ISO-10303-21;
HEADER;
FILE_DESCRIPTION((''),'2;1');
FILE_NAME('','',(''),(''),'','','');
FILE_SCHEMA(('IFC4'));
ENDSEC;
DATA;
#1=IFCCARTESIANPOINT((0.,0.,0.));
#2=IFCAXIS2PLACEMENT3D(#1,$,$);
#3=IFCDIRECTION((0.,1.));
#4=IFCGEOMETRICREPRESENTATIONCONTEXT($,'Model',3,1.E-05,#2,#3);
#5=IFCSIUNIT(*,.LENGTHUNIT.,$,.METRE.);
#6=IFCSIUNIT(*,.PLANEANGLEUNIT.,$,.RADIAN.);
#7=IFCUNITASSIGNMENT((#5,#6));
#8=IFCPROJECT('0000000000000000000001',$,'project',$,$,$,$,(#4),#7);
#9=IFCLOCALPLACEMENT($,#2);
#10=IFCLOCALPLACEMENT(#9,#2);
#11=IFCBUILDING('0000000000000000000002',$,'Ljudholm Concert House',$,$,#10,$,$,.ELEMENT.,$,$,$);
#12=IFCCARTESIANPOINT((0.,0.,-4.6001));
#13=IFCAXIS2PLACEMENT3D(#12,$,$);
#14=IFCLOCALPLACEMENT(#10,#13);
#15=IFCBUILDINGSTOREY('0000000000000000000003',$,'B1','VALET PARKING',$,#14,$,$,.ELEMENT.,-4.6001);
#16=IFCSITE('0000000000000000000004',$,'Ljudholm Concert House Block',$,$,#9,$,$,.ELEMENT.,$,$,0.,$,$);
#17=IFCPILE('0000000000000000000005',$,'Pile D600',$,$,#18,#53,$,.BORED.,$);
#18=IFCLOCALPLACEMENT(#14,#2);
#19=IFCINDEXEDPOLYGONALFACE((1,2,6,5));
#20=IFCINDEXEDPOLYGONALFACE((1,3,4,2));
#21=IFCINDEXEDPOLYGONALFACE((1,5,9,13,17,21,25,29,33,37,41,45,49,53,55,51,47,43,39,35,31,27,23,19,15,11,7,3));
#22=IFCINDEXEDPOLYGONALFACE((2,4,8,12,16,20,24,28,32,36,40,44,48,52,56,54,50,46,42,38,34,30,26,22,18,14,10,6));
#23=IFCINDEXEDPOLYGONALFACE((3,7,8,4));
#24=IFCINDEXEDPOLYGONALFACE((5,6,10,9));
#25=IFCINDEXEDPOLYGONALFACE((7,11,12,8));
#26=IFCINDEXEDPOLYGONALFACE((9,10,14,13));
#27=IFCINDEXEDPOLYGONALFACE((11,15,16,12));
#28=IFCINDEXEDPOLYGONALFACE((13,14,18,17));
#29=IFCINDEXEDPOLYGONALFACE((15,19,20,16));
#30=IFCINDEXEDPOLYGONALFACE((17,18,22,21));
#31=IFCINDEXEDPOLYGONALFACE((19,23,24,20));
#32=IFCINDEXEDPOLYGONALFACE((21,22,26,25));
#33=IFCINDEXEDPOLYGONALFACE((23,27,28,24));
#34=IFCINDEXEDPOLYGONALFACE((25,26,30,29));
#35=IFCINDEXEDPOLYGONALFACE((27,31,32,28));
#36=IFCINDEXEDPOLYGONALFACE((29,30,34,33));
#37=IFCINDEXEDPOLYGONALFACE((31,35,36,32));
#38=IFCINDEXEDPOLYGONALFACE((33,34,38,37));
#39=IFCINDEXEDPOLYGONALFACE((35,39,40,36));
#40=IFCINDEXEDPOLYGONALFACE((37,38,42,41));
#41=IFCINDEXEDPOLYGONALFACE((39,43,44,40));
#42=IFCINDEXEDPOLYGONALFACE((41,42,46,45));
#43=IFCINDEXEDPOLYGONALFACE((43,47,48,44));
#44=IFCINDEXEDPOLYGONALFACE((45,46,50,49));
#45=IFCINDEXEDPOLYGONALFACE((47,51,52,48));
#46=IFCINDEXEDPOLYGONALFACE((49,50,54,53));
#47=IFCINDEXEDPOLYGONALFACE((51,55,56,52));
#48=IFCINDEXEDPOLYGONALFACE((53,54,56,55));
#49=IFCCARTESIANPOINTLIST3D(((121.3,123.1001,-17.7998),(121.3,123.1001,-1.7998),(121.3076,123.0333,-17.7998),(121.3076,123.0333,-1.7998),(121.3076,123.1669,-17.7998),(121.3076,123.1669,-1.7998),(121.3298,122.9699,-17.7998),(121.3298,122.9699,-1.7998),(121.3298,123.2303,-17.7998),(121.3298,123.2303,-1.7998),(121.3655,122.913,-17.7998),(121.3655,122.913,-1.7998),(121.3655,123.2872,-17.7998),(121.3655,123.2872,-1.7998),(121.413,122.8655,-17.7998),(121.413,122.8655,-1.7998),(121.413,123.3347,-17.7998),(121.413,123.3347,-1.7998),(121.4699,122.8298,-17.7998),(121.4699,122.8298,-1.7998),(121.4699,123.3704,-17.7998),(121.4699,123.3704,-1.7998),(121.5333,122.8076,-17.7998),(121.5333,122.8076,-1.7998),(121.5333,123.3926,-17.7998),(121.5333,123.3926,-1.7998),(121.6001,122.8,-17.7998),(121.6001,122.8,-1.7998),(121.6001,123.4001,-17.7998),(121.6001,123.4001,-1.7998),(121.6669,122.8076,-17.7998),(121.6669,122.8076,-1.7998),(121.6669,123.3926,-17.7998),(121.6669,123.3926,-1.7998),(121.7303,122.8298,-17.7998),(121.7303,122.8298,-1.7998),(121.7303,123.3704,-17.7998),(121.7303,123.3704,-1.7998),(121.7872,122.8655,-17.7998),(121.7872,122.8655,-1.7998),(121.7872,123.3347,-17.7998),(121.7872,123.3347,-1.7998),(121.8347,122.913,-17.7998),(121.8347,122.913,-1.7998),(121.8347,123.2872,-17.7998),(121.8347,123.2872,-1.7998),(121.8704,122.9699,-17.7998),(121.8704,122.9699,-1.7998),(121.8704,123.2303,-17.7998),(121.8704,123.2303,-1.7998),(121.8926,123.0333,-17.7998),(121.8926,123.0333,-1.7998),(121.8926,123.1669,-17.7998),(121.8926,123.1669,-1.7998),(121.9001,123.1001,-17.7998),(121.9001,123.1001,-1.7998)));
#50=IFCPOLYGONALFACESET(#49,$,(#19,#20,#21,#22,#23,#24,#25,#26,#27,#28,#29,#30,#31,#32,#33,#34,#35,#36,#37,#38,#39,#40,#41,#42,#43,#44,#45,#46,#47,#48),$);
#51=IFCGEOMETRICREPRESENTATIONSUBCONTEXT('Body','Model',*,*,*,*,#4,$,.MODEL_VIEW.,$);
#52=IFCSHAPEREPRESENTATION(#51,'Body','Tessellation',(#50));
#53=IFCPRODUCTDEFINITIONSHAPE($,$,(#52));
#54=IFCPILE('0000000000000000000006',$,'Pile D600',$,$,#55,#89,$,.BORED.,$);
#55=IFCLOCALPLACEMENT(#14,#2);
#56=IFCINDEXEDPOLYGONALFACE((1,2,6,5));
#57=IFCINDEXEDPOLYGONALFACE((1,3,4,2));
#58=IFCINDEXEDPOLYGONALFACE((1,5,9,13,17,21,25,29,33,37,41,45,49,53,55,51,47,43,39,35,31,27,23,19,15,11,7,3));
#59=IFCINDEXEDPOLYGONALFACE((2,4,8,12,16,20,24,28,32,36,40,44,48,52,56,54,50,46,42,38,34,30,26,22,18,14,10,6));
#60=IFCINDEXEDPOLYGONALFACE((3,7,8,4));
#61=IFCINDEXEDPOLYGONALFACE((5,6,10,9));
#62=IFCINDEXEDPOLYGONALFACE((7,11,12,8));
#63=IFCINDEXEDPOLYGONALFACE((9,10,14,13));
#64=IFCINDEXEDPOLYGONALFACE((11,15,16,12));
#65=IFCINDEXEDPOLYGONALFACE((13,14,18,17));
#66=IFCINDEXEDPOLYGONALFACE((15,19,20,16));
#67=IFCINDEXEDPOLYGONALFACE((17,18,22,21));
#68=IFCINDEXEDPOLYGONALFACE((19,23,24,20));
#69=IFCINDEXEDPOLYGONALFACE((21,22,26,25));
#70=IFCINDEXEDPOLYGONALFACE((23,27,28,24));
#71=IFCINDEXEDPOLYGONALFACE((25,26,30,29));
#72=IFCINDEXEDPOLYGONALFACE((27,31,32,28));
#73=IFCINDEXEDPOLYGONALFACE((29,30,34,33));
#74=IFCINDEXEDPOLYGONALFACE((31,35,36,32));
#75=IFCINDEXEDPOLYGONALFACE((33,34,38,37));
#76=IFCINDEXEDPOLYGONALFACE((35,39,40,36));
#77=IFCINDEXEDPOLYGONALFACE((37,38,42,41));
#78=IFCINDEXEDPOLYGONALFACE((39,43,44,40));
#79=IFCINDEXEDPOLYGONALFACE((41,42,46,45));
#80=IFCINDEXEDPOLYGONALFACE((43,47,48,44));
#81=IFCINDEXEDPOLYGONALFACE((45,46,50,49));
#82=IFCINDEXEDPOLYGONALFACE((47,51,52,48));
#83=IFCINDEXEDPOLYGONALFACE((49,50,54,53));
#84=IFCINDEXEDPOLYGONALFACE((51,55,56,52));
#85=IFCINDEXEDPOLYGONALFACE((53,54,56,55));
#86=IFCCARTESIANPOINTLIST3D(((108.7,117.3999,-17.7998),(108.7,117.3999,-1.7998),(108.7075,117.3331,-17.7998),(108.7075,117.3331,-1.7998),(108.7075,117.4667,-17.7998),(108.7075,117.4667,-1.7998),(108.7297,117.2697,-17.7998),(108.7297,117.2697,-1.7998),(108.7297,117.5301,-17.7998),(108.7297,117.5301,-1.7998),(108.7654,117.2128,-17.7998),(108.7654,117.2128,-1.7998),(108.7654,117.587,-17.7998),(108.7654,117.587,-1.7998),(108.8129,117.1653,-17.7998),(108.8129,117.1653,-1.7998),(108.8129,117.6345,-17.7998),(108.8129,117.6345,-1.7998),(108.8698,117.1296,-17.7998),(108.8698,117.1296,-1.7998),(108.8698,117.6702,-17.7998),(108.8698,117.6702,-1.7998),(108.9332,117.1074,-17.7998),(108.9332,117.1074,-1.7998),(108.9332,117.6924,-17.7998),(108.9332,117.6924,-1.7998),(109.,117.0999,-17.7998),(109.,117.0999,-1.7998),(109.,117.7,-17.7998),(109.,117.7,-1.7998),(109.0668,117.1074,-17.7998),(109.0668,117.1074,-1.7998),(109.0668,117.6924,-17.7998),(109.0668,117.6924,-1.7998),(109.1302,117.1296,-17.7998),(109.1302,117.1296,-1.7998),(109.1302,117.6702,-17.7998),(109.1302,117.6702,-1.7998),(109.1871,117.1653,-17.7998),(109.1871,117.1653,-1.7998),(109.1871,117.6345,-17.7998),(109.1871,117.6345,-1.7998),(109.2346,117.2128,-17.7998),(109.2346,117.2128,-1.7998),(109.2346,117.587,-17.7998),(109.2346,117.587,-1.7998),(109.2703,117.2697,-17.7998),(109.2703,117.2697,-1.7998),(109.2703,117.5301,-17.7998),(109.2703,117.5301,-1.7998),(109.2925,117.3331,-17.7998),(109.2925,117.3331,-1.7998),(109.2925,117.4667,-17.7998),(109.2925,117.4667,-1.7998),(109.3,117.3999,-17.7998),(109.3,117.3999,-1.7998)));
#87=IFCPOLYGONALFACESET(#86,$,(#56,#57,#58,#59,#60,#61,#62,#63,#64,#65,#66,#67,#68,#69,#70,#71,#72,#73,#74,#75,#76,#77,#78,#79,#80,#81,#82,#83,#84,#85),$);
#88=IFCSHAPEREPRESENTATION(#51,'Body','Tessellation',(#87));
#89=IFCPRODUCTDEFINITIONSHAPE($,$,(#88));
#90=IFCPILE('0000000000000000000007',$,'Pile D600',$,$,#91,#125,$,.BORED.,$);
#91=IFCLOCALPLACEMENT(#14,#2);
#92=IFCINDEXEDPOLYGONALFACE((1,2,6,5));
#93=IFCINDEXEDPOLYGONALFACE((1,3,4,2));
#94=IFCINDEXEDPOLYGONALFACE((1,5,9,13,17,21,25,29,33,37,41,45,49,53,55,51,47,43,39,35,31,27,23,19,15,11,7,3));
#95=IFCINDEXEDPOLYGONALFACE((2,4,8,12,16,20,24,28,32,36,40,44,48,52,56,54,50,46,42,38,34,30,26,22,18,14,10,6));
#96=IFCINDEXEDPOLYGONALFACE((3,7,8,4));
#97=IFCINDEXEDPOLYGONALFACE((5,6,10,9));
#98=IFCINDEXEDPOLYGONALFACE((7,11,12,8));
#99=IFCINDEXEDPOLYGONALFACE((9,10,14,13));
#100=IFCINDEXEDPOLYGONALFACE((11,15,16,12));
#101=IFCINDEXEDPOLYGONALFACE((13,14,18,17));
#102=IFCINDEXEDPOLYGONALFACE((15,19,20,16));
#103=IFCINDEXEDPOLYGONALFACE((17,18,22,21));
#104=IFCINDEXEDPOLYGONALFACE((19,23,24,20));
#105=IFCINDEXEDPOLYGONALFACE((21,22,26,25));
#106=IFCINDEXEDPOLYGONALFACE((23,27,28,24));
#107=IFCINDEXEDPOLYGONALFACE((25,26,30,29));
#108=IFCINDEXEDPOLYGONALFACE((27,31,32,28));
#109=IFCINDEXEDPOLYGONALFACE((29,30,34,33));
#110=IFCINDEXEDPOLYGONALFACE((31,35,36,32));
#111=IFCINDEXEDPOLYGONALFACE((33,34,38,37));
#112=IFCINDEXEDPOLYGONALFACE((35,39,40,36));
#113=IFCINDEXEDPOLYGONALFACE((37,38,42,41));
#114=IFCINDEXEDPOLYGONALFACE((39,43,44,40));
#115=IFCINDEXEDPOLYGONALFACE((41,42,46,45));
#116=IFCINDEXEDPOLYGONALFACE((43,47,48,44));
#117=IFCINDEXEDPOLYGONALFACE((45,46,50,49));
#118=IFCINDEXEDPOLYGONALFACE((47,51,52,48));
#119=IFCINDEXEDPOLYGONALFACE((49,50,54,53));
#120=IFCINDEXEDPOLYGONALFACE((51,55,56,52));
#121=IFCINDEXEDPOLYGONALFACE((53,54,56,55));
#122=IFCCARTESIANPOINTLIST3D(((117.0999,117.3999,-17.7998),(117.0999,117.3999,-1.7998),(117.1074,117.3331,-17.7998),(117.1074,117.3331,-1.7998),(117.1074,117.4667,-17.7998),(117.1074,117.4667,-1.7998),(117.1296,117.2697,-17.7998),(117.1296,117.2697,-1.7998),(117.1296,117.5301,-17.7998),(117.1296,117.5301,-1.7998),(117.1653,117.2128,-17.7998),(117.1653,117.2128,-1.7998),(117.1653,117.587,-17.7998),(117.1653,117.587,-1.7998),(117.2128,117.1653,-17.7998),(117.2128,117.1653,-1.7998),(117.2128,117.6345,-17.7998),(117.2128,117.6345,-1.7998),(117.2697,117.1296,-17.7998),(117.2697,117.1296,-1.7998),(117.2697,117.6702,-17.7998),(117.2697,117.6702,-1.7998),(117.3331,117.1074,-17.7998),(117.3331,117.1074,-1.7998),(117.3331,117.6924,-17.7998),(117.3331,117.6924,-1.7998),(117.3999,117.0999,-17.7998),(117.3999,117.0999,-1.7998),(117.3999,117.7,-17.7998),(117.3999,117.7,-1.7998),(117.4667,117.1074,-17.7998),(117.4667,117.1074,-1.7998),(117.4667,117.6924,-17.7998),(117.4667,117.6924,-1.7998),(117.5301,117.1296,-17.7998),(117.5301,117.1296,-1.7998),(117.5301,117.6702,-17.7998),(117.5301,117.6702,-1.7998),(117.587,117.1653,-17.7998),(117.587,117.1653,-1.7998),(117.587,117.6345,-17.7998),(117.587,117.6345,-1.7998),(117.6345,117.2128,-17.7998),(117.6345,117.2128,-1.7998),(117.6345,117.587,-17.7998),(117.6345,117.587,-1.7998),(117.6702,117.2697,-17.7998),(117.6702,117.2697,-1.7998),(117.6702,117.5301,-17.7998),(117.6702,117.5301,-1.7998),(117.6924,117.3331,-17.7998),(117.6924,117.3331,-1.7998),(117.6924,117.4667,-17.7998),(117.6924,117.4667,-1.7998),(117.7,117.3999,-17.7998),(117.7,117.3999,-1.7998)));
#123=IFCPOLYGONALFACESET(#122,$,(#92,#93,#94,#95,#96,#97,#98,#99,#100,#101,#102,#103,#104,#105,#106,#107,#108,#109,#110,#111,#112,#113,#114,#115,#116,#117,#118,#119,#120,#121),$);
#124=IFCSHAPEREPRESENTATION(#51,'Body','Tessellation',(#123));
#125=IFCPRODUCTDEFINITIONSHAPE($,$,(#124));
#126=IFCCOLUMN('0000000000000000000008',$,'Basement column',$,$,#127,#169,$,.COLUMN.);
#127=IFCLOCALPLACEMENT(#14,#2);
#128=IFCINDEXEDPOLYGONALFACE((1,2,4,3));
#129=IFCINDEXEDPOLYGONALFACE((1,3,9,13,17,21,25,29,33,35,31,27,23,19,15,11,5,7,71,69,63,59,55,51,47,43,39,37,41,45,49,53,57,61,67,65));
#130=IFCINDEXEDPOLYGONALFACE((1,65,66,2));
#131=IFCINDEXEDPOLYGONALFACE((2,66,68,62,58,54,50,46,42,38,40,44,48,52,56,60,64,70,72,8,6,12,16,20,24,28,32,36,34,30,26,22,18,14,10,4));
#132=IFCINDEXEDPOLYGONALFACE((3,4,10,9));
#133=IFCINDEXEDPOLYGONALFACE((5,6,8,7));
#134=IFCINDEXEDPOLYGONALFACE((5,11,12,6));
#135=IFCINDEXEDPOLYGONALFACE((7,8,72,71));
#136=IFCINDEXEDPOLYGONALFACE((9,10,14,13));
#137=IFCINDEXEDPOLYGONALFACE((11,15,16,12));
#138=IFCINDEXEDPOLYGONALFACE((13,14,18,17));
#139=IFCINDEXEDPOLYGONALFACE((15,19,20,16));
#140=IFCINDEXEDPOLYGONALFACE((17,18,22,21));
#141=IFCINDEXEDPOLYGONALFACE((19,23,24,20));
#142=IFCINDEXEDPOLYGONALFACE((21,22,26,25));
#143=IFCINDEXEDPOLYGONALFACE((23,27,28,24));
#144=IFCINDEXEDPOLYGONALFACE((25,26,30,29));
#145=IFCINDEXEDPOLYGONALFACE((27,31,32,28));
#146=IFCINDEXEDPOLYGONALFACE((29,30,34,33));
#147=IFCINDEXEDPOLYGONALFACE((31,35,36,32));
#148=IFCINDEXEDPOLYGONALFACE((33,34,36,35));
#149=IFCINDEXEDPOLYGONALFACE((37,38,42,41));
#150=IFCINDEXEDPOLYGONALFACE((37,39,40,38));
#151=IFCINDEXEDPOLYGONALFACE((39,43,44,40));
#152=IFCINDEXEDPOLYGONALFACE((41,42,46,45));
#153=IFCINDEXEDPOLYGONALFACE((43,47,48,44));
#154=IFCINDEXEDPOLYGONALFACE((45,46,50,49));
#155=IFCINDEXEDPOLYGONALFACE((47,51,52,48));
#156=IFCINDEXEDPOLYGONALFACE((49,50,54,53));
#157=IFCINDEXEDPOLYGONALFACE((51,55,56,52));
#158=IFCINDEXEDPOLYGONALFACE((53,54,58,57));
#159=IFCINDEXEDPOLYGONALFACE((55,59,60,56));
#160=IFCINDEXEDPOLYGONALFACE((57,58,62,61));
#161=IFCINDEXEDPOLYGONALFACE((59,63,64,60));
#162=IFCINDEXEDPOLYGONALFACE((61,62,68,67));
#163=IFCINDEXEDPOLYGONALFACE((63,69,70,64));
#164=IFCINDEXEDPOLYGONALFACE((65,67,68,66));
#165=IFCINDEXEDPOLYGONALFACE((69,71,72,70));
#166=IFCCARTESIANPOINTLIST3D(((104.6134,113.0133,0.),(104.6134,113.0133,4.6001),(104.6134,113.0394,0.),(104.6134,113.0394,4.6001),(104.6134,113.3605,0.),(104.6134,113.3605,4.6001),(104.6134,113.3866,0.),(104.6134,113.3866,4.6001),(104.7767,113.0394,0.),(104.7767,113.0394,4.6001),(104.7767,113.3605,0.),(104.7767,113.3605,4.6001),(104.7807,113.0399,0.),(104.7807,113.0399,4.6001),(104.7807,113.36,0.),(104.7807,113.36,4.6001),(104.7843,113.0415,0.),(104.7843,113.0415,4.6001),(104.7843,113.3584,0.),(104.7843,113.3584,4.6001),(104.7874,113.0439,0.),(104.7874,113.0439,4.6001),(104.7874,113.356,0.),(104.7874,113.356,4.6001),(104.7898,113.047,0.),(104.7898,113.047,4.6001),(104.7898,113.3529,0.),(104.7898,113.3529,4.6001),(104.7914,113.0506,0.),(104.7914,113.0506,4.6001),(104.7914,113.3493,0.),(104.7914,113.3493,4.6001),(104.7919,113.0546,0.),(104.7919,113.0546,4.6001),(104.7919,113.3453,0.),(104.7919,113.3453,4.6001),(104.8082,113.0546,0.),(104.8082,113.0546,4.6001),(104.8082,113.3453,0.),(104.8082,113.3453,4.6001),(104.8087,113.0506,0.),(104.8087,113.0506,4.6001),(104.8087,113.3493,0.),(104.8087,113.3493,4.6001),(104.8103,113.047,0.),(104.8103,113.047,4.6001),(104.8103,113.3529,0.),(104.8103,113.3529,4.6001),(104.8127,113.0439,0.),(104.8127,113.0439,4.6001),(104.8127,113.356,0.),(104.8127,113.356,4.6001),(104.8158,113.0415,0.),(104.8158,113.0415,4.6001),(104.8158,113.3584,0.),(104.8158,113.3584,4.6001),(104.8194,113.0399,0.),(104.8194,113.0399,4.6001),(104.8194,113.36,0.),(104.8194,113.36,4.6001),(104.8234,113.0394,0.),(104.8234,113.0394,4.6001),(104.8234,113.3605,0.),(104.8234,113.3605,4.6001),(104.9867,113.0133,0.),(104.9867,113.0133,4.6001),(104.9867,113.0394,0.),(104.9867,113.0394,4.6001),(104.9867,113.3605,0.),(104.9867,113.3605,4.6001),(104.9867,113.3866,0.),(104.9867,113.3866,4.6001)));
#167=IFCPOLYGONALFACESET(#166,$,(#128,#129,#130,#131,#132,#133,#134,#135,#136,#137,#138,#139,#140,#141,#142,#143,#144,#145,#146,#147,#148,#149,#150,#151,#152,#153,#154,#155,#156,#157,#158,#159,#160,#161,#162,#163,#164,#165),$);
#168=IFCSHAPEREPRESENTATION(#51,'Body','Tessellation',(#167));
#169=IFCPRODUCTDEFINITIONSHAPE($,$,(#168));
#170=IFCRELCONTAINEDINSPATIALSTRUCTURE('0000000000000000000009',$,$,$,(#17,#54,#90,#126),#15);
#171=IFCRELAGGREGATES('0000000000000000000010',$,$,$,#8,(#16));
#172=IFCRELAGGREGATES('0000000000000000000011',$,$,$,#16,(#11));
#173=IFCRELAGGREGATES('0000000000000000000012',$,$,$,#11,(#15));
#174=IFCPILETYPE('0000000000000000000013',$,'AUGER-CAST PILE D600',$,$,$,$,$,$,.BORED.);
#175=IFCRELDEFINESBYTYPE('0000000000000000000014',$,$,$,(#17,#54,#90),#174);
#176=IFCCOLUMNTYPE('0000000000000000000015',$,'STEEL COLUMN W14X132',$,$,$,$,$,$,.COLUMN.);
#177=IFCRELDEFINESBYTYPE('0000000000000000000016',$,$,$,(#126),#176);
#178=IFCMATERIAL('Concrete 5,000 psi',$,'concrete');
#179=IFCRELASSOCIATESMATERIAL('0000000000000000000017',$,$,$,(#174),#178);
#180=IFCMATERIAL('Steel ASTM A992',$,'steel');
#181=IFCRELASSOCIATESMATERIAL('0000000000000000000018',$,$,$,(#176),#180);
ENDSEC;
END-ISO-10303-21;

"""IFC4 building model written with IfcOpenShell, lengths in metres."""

from ifc_helpers import new_model, si_unit, direction, frame, origin, origin_2d, place, context, subcontext, project, spatial, circle, i_section, extrude, material, material_profile, profile_set, type_object, element, save


model = new_model("IFC4")

# Units and contexts
model_context = context("Model", 3, precision=1e-05, world=origin(), true_north=direction((0.0, 1.0)))
body_context = subcontext(model_context, "Body", "Model", "MODEL_VIEW")
ifc_project = project(units=[si_unit("LENGTHUNIT", "METRE"), si_unit("PLANEANGLEUNIT", "RADIAN")], contexts=[model_context])

# Site, building, storey
site_placement = place(None, origin())
site = spatial("IfcSite", under=ifc_project, at=site_placement, Name="Ljudholm Concert House Block", CompositionType="ELEMENT", RefElevation=0.0)
building_placement = place(site_placement, origin())
building = spatial("IfcBuilding", under=site, at=building_placement, Name="Ljudholm Concert House", CompositionType="ELEMENT")
storey_placement = place(building_placement, frame((0.0, 0.0, -4.6001)))
storey = spatial("IfcBuildingStorey", under=building, at=storey_placement, Name="B1", Description="VALET PARKING", CompositionType="ELEMENT", Elevation=-4.6001)

# Piles
ifc_material_1 = material(Name="Concrete 5,000 psi", Category="concrete")
ifc_material_profile_1 = material_profile(ifc_material_1, circle(Radius=0.3, at=origin_2d()), Name="AUGER-CAST PILE D600")
ifc_profile_set_1 = profile_set([ifc_material_profile_1], Name="Concrete 5,000 psi")
pile_type = type_object("IfcPileType", Name="AUGER-CAST PILE D600", PredefinedType="BORED", material=ifc_profile_set_1)
for number, where, z_axis, x_axis, name in (
    (1, (121.6001, 123.1001, -1.7998), (0.0, 0.0, -1.0), (1.0, 0.0, 0.0), "Pile D600"),
    (2, (109.0, 117.3999, -1.7998), (0.0, 0.0, -1.0), (1.0, 0.0, 0.0), "Pile D600"),
    (3, (117.3999, 117.3999, -1.7998), (0.0, 0.0, -1.0), (1.0, 0.0, 0.0), "Pile D600"),
):
    element("IfcPile", number, at=place(storey_placement, frame(where, z_axis=z_axis, x_axis=x_axis)), inside=storey, type_object=pile_type, Name=name, PredefinedType="BORED", context=body_context, shape_type="SweptSolid", body=[
        extrude(circle(Radius=0.3, at=origin_2d()), origin(), (0.0, 0.0, 1.0), 16.0),
    ])

# Column
ifc_material_2 = material(Name="Steel ASTM A992", Category="steel")
ifc_material_profile_2 = material_profile(ifc_material_2, i_section(OverallWidth=0.3733, OverallDepth=0.3733, WebThickness=0.0164, FlangeThickness=0.0261, FilletRadius=0.0151, at=origin_2d()), Name="W14X132")
ifc_profile_set_2 = profile_set([ifc_material_profile_2], Name="Steel ASTM A992")
column_type = type_object("IfcColumnType", Name="STEEL COLUMN W14X132", PredefinedType="COLUMN", material=ifc_profile_set_2)
for number, where, z_axis, x_axis, name in (
    (4, (104.8, 113.2, 0.0), (0.0, 0.0, 1.0), (1.0, 0.0, 0.0), "Basement column"),
):
    element("IfcColumn", number, at=place(storey_placement, frame(where, z_axis=z_axis, x_axis=x_axis)), inside=storey, type_object=column_type, Name=name, PredefinedType="COLUMN", context=body_context, shape_type="SweptSolid", body=[
        extrude(i_section(OverallWidth=0.3733, OverallDepth=0.3733, WebThickness=0.0164, FlangeThickness=0.0261, FilletRadius=0.0151, at=origin_2d()), origin(), (0.0, 0.0, 1.0), 4.6001),
    ])

save(model, "model.ifc")
